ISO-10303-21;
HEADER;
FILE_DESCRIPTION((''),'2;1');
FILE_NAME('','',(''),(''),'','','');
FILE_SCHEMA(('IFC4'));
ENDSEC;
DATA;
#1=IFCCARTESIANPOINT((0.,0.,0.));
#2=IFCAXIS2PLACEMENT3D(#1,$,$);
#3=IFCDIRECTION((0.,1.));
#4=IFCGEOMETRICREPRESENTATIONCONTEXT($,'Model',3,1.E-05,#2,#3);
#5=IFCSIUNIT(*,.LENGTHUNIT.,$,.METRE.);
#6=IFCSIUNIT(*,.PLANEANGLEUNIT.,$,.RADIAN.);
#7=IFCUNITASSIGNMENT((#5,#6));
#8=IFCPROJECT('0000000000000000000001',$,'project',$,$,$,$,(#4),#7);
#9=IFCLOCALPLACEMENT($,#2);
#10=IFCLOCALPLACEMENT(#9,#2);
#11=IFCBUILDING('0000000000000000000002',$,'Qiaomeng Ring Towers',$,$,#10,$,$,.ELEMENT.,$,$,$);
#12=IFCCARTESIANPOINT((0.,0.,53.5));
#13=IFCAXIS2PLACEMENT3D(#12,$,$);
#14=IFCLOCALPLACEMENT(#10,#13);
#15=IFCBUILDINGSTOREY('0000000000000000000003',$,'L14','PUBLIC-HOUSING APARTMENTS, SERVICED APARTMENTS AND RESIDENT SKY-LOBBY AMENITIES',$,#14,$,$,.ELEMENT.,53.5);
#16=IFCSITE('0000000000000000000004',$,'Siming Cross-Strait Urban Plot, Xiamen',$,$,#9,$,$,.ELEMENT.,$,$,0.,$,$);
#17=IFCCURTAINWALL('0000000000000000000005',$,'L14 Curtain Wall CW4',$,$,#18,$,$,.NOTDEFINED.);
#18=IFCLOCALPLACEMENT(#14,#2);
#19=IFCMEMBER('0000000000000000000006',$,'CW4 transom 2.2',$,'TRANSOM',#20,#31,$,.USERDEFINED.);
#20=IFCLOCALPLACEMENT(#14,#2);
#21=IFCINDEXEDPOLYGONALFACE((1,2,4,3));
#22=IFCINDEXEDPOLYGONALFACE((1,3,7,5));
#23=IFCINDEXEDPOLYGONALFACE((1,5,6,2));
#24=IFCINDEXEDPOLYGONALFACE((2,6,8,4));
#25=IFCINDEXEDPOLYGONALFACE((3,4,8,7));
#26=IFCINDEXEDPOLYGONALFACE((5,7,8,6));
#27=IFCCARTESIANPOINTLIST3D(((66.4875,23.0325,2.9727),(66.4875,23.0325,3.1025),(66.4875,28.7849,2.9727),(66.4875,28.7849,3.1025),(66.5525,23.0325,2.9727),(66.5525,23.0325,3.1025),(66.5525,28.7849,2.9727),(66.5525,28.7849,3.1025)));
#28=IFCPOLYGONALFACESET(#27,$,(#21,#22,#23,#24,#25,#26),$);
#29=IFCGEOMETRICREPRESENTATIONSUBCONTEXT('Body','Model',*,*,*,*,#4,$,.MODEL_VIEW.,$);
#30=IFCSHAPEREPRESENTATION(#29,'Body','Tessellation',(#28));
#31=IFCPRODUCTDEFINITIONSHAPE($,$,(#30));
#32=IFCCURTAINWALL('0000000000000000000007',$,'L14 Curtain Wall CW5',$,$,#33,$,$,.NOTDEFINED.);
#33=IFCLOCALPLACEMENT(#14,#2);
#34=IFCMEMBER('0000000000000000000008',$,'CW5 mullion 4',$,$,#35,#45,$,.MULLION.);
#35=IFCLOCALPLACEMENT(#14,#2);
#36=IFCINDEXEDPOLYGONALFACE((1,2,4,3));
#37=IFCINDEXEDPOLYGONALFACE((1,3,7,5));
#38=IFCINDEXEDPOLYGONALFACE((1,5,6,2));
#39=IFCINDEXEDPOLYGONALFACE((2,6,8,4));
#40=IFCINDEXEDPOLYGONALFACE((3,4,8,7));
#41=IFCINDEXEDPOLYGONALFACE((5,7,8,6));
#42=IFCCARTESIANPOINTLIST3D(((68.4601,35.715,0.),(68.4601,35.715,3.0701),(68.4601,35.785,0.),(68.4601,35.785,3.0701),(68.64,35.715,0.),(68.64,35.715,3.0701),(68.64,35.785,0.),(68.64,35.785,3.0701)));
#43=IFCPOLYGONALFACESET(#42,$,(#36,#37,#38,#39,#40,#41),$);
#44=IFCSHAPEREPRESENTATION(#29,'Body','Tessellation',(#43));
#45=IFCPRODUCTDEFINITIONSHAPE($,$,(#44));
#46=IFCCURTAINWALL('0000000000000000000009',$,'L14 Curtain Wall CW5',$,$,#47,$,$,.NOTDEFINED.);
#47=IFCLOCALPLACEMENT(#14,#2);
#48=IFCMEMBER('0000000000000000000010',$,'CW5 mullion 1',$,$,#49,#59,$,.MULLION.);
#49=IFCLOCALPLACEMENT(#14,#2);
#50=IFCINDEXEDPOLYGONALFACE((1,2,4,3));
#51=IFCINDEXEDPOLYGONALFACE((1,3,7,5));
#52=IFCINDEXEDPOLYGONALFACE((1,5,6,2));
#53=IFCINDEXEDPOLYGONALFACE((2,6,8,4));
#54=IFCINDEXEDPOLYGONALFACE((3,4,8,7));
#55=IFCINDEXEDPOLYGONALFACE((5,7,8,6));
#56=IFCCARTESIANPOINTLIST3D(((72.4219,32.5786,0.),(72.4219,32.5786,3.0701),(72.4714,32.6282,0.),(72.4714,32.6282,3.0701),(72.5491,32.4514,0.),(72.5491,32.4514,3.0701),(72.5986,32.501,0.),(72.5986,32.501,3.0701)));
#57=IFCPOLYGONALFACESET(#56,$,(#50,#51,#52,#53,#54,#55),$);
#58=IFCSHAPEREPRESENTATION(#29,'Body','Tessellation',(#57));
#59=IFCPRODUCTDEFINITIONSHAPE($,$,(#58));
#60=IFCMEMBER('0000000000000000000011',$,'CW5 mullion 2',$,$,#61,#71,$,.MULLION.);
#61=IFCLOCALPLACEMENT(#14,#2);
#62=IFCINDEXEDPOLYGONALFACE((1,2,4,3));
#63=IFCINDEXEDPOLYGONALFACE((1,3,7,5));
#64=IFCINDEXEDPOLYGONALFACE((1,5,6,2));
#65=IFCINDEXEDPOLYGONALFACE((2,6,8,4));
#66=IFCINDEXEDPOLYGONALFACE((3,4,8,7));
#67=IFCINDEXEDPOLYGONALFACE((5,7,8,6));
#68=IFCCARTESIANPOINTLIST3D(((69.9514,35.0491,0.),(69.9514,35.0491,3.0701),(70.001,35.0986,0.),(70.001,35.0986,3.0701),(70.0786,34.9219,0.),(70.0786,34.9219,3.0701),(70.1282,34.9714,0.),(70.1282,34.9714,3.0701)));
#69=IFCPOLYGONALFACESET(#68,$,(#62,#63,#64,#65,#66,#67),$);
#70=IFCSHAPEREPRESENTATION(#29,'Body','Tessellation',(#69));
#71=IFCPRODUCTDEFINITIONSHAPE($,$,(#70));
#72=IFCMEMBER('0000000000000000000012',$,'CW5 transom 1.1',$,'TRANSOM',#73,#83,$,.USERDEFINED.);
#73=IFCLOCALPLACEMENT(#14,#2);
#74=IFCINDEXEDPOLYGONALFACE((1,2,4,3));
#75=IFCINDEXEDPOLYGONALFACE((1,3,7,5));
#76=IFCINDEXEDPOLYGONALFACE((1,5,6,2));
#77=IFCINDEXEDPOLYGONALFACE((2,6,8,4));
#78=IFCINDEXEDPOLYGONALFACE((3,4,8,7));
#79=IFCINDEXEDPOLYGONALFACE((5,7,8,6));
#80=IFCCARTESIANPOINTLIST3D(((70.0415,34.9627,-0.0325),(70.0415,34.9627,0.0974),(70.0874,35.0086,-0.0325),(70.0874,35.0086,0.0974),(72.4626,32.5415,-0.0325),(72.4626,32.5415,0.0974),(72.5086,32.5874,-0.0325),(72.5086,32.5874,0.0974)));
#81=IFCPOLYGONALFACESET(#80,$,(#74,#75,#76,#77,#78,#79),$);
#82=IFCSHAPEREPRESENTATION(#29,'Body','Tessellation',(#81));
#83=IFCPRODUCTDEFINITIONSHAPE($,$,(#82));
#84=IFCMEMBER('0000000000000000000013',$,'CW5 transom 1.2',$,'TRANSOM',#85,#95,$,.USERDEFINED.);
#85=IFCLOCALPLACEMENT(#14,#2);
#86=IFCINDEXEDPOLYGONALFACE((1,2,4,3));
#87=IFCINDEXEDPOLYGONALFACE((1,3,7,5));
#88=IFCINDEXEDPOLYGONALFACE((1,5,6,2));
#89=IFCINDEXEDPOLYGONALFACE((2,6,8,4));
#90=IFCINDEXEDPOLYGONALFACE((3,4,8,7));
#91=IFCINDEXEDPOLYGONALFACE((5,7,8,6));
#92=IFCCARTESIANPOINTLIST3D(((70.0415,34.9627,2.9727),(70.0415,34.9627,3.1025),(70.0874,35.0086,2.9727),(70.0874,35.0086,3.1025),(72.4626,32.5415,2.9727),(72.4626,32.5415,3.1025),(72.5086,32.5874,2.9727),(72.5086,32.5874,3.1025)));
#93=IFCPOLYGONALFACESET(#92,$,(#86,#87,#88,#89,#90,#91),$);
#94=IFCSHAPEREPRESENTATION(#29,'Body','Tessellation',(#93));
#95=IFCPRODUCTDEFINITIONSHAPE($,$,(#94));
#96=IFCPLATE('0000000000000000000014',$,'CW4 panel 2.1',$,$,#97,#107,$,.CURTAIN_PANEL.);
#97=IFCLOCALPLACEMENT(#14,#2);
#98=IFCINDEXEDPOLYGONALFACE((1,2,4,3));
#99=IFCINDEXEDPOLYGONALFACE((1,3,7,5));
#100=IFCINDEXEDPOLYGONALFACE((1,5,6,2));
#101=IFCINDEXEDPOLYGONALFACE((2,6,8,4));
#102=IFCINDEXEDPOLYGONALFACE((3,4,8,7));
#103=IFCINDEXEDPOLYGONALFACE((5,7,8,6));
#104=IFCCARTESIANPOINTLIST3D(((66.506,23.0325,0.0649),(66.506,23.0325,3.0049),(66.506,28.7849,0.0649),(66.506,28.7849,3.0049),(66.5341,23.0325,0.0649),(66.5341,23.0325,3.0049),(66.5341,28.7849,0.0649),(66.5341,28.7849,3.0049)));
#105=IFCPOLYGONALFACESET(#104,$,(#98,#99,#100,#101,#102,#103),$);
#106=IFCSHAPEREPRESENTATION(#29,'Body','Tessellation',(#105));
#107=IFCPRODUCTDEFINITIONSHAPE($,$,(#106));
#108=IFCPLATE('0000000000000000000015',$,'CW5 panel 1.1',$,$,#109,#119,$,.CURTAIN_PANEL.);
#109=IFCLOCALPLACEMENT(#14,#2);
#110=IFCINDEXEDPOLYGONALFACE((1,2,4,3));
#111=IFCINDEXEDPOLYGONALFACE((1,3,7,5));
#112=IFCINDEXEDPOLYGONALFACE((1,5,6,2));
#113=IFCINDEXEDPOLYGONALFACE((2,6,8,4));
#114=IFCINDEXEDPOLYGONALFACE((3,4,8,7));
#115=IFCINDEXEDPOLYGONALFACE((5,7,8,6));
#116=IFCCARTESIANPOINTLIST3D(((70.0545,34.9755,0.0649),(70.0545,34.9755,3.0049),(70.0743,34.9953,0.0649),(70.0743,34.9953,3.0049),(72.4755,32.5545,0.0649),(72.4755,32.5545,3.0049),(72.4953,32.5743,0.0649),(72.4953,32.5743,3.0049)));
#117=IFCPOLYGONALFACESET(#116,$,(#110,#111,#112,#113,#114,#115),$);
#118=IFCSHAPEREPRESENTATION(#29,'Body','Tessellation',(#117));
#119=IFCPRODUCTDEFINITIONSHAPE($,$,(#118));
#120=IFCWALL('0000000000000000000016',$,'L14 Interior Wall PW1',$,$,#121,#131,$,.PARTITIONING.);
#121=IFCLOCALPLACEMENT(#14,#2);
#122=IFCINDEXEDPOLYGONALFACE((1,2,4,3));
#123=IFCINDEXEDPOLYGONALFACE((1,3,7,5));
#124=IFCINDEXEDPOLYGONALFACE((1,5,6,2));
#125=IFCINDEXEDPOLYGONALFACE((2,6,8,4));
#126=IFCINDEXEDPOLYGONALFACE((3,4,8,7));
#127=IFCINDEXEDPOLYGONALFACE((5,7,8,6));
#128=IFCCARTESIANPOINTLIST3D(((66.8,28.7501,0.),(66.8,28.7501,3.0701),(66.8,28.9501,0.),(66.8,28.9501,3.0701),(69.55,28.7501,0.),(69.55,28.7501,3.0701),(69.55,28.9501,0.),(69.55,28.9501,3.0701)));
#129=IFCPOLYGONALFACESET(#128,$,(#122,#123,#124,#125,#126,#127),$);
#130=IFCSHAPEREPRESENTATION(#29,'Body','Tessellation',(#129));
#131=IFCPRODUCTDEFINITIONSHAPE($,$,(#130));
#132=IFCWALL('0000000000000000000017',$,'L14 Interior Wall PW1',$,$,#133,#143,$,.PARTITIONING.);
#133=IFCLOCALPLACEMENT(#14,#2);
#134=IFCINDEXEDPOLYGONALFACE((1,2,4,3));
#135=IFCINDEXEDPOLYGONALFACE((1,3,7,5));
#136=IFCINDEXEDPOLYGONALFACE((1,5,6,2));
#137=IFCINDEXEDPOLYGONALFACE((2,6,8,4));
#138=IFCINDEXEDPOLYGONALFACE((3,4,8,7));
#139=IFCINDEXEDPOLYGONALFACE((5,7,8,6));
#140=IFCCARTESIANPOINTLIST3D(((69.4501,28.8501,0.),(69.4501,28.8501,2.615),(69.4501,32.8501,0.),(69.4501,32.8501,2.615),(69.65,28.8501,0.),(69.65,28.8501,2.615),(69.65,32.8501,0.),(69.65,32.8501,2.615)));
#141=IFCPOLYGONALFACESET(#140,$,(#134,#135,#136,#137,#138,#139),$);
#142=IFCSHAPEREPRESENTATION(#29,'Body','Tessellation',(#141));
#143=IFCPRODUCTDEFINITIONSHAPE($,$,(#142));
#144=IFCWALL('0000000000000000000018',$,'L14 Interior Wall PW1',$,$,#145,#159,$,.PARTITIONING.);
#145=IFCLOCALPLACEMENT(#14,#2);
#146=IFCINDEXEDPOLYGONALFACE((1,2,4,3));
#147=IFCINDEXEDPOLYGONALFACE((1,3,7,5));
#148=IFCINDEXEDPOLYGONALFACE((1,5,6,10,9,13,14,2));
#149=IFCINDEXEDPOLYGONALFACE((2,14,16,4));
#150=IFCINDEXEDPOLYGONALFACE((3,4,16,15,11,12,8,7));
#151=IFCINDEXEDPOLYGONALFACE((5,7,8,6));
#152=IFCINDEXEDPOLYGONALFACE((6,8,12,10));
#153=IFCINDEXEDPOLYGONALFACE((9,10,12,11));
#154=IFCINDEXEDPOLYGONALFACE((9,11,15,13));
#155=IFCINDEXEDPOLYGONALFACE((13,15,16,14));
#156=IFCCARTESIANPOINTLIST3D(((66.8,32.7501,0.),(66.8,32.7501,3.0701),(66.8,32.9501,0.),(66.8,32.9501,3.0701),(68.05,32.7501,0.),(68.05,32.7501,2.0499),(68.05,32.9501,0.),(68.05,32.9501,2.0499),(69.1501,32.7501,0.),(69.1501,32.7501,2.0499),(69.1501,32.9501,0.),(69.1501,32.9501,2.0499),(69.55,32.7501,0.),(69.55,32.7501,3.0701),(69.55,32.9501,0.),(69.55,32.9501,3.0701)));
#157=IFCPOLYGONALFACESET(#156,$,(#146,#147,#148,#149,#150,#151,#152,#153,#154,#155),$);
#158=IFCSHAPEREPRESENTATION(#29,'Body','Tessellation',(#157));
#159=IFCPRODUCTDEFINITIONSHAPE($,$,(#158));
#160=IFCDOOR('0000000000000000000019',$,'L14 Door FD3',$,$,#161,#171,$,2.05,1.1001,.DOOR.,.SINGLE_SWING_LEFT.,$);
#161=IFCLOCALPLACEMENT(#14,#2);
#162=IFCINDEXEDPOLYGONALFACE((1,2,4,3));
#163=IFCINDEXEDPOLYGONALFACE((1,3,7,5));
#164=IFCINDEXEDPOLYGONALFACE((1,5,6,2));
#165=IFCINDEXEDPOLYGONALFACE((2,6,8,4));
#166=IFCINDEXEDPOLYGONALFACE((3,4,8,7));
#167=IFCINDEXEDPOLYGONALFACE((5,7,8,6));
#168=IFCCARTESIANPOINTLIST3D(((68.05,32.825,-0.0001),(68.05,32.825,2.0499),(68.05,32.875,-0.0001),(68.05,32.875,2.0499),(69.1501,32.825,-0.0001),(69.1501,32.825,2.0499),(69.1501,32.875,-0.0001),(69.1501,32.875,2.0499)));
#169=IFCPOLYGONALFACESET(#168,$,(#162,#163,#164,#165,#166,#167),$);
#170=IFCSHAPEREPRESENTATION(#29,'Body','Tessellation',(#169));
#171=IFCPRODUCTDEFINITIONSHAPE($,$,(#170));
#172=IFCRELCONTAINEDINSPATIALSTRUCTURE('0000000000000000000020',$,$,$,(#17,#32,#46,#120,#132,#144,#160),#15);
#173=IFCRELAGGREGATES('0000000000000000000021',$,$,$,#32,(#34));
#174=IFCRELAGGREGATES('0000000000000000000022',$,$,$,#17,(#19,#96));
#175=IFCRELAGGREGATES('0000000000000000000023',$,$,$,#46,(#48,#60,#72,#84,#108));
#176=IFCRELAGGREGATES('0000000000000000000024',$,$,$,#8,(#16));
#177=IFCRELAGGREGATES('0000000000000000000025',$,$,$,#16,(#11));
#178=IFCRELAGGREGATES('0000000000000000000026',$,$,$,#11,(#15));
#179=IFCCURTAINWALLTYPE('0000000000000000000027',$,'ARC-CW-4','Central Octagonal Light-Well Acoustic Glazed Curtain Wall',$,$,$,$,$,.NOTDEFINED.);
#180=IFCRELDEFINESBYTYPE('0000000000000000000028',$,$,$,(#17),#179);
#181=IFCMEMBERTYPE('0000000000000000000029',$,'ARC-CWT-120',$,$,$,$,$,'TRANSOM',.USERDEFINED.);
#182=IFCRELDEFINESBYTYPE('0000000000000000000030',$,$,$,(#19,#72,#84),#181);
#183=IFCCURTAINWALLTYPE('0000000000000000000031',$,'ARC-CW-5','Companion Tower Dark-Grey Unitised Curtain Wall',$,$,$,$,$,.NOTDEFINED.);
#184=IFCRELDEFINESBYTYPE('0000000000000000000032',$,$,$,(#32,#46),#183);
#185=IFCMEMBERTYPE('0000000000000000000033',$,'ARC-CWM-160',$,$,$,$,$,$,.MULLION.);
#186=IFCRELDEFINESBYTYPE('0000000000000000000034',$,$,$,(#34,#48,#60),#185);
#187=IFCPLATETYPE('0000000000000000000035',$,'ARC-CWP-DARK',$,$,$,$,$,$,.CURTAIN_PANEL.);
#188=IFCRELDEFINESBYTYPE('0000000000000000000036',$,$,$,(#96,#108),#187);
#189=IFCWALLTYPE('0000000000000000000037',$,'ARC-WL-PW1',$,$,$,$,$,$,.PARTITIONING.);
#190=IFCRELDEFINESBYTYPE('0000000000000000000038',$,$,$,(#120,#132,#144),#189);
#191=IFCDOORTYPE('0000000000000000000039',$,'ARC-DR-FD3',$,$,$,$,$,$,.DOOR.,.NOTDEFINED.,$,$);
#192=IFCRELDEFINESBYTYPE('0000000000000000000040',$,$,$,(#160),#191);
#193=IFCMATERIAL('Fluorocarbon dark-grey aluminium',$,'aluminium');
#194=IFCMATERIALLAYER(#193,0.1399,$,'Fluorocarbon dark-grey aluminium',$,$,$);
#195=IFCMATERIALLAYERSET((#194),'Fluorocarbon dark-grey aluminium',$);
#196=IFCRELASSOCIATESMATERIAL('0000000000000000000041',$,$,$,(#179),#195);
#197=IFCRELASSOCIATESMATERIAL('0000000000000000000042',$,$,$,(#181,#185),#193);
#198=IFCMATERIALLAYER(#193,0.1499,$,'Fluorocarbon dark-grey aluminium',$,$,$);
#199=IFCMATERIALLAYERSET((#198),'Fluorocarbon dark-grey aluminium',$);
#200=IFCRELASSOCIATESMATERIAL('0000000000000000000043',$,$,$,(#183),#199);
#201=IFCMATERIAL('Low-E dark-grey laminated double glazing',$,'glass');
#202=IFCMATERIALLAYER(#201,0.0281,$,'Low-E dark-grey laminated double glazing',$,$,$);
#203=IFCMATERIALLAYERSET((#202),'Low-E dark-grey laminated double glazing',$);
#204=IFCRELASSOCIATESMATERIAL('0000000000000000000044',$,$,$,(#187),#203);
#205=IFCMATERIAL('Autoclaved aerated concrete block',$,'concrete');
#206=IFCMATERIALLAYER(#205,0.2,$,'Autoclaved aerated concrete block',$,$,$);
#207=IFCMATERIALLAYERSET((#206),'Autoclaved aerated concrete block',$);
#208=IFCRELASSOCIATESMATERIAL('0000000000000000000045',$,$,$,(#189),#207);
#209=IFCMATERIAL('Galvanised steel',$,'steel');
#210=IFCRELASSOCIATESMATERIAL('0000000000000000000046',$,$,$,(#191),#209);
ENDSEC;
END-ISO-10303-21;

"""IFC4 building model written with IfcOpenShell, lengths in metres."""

from ifc_helpers import new_model, si_unit, direction, frame, frame_2d, origin, origin_2d, place, context, subcontext, project, spatial, rectangle, extrude, source, transform, mapped, material, layer, layer_set, material_profile, profile_set, type_object, element, fill, aggregate, save


model = new_model("IFC4")

# Units and contexts
model_context = context("Model", 3, precision=1e-05, world=origin(), true_north=direction((0.0, 1.0)))
body_context = subcontext(model_context, "Body", "Model", "MODEL_VIEW")
ifc_project = project(units=[si_unit("LENGTHUNIT", "METRE"), si_unit("PLANEANGLEUNIT", "RADIAN")], contexts=[model_context])

# Site, building, storey
site_placement = place(None, origin())
site = spatial("IfcSite", under=ifc_project, at=site_placement, Name="Siming Cross-Strait Urban Plot, Xiamen", CompositionType="ELEMENT", RefElevation=0.0)
building_placement = place(site_placement, origin())
building = spatial("IfcBuilding", under=site, at=building_placement, Name="Qiaomeng Ring Towers", CompositionType="ELEMENT")
storey_placement = place(building_placement, frame((0.0, 0.0, 53.5)))
storey = spatial("IfcBuildingStorey", under=building, at=storey_placement, Name="L14", Description="PUBLIC-HOUSING APARTMENTS, SERVICED APARTMENTS AND RESIDENT SKY-LOBBY AMENITIES", CompositionType="ELEMENT", Elevation=53.5)

# Curtain wall, member
ifc_material_1 = material(Name="Fluorocarbon dark-grey aluminium", Category="aluminium")
ifc_layer_1 = layer(ifc_material_1, 0.1399, Name="Fluorocarbon dark-grey aluminium")
ifc_layer_set_1 = layer_set([ifc_layer_1], Name="Fluorocarbon dark-grey aluminium")
curtain_wall_type_1 = type_object("IfcCurtainWallType", Name="ARC-CW-4", Description="Central Octagonal Light-Well Acoustic Glazed Curtain Wall", PredefinedType="NOTDEFINED", material=ifc_layer_set_1)
curtain_wall_1_placement = place(storey_placement, origin())
curtain_wall_1 = element("IfcCurtainWall", 1, at=curtain_wall_1_placement, inside=storey, type_object=curtain_wall_type_1, Name="L14 Curtain Wall CW4", PredefinedType="NOTDEFINED")
ifc_material_profile_1 = material_profile(ifc_material_1, rectangle(XDim=0.0649, YDim=0.1299, at=origin_2d()), Name="ALU TRAN 65x130")
ifc_profile_set_1 = profile_set([ifc_material_profile_1], Name="Fluorocarbon dark-grey aluminium")
member_type_1 = type_object("IfcMemberType", Name="ARC-CWT-120", ElementType="TRANSOM", PredefinedType="USERDEFINED", material=ifc_profile_set_1)
shared_shape_1 = source(origin(), body_context, "Body", "SweptSolid", [
    extrude(rectangle(XDim=0.0649, YDim=0.1299, at=origin_2d()), origin(), (0.0, 0.0, 1.0), 5.7524),
])
member_1_placement = place(storey_placement, frame((66.52, 23.0325, 3.0376), z_axis=(0.0, 1.0, 0.0), x_axis=(-1.0, 0.0, 0.0)))
member_1 = element("IfcMember", 2, at=member_1_placement, type_object=member_type_1, Name="CW4 transom 2.2", ObjectType="TRANSOM", PredefinedType="USERDEFINED", context=body_context, shape_type="MappedRepresentation", body=[
    mapped(shared_shape_1, transform((0.0, 0.0, 0.0), x_axis=(1.0, 0.0, 0.0), y_axis=(0.0, 1.0, 0.0), z_axis=(0.0, 0.0, 1.0), scale=1.0)),
])

# Curtain wall, member
ifc_layer_2 = layer(ifc_material_1, 0.1499, Name="Fluorocarbon dark-grey aluminium")
ifc_layer_set_2 = layer_set([ifc_layer_2], Name="Fluorocarbon dark-grey aluminium")
curtain_wall_type_2 = type_object("IfcCurtainWallType", Name="ARC-CW-5", Description="Companion Tower Dark-Grey Unitised Curtain Wall", PredefinedType="NOTDEFINED", material=ifc_layer_set_2)
curtain_wall_2_placement = place(storey_placement, origin())
curtain_wall_2 = element("IfcCurtainWall", 3, at=curtain_wall_2_placement, inside=storey, type_object=curtain_wall_type_2, Name="L14 Curtain Wall CW5", PredefinedType="NOTDEFINED")
ifc_material_profile_2 = material_profile(ifc_material_1, rectangle(XDim=0.0701, YDim=0.1799, at=origin_2d()), Name="ALU MULL 70x180")
ifc_profile_set_2 = profile_set([ifc_material_profile_2], Name="Fluorocarbon dark-grey aluminium")
member_type_2 = type_object("IfcMemberType", Name="ARC-CWM-160", PredefinedType="MULLION", material=ifc_profile_set_2)
shared_shape_2 = source(origin(), body_context, "Body", "SweptSolid", [
    extrude(rectangle(XDim=0.0701, YDim=0.1799, at=origin_2d()), origin(), (0.0, 0.0, 1.0), 3.0701),
])
member_2_placement = place(storey_placement, frame((68.55, 35.75, 0.0), z_axis=(0.0, 0.0, 1.0), x_axis=(0.0, 1.0, 0.0)))
member_2 = element("IfcMember", 4, at=member_2_placement, type_object=member_type_2, Name="CW5 mullion 4", PredefinedType="MULLION", context=body_context, shape_type="MappedRepresentation", body=[
    mapped(shared_shape_2, transform((0.0, 0.0, 0.0), x_axis=(1.0, 0.0, 0.0), y_axis=(0.0, 1.0, 0.0), z_axis=(0.0, 0.0, 1.0), scale=1.0)),
])
aggregate(curtain_wall_2, [member_2])

# Curtain wall, members
curtain_wall_3_placement = place(storey_placement, origin())
curtain_wall_3 = element("IfcCurtainWall", 5, at=curtain_wall_3_placement, inside=storey, type_object=curtain_wall_type_2, Name="L14 Curtain Wall CW5", PredefinedType="NOTDEFINED")
member_3_placement = place(storey_placement, frame((72.5103, 32.5398, 0.0), z_axis=(0.0, 0.0, 1.0), x_axis=(-0.707107, -0.707107, 0.0)))
member_3 = element("IfcMember", 6, at=member_3_placement, type_object=member_type_2, Name="CW5 mullion 1", PredefinedType="MULLION", context=body_context, shape_type="MappedRepresentation", body=[
    mapped(shared_shape_2, transform((0.0, 0.0, 0.0), x_axis=(1.0, 0.0, 0.0), y_axis=(0.0, 1.0, 0.0), z_axis=(0.0, 0.0, 1.0), scale=1.0)),
])
member_4_placement = place(storey_placement, frame((70.0398, 35.0103, 0.0), z_axis=(0.0, 0.0, 1.0), x_axis=(-0.707107, -0.707107, 0.0)))
member_4 = element("IfcMember", 7, at=member_4_placement, type_object=member_type_2, Name="CW5 mullion 2", PredefinedType="MULLION", context=body_context, shape_type="MappedRepresentation", body=[
    mapped(shared_shape_2, transform((0.0, 0.0, 0.0), x_axis=(1.0, 0.0, 0.0), y_axis=(0.0, 1.0, 0.0), z_axis=(0.0, 0.0, 1.0), scale=1.0)),
])
shared_shape_3 = source(origin(), body_context, "Body", "SweptSolid", [
    extrude(rectangle(XDim=0.0649, YDim=0.1299, at=origin_2d()), origin(), (0.0, 0.0, 1.0), 3.4241),
])
member_5_placement = place(storey_placement, frame((72.4856, 32.5645, 0.0325), z_axis=(-0.707107, 0.707107, 0.0), x_axis=(-0.707107, -0.707107, 0.0)))
member_5 = element("IfcMember", 8, at=member_5_placement, type_object=member_type_1, Name="CW5 transom 1.1", ObjectType="TRANSOM", PredefinedType="USERDEFINED", context=body_context, shape_type="MappedRepresentation", body=[
    mapped(shared_shape_3, transform((0.0, 0.0, 0.0), x_axis=(1.0, 0.0, 0.0), y_axis=(0.0, 1.0, 0.0), z_axis=(0.0, 0.0, 1.0), scale=1.0)),
])
member_6_placement = place(storey_placement, frame((72.4856, 32.5645, 3.0376), z_axis=(-0.707107, 0.707107, 0.0), x_axis=(-0.707107, -0.707107, 0.0)))
member_6 = element("IfcMember", 9, at=member_6_placement, type_object=member_type_1, Name="CW5 transom 1.2", ObjectType="TRANSOM", PredefinedType="USERDEFINED", context=body_context, shape_type="MappedRepresentation", body=[
    mapped(shared_shape_3, transform((0.0, 0.0, 0.0), x_axis=(1.0, 0.0, 0.0), y_axis=(0.0, 1.0, 0.0), z_axis=(0.0, 0.0, 1.0), scale=1.0)),
])

# Plates
ifc_material_2 = material(Name="Low-E dark-grey laminated double glazing", Category="glass")
ifc_layer_3 = layer(ifc_material_2, 0.0281, Name="Low-E dark-grey laminated double glazing")
ifc_layer_set_3 = layer_set([ifc_layer_3], Name="Low-E dark-grey laminated double glazing")
plate_type = type_object("IfcPlateType", Name="ARC-CWP-DARK", PredefinedType="CURTAIN_PANEL", material=ifc_layer_set_3)
shared_shape_4 = source(origin(), body_context, "Body", "SweptSolid", [
    extrude(rectangle(XDim=5.7524, YDim=0.0281, at=origin_2d()), origin(), (0.0, 0.0, 1.0), 2.9399),
])
plate_1_placement = place(storey_placement, frame((66.52, 25.9087, 0.0649), z_axis=(0.0, 0.0, 1.0), x_axis=(0.0, 1.0, 0.0)))
plate_1 = element("IfcPlate", 10, at=plate_1_placement, type_object=plate_type, Name="CW4 panel 2.1", PredefinedType="CURTAIN_PANEL", context=body_context, shape_type="MappedRepresentation", body=[
    mapped(shared_shape_4, transform((0.0, 0.0, 0.0), x_axis=(1.0, 0.0, 0.0), y_axis=(0.0, 1.0, 0.0), z_axis=(0.0, 0.0, 1.0), scale=1.0)),
])
aggregate(curtain_wall_1, [member_1, plate_1])
shared_shape_5 = source(origin(), body_context, "Body", "SweptSolid", [
    extrude(rectangle(XDim=3.4238, YDim=0.0281, at=origin_2d()), origin(), (0.0, 0.0, 1.0), 2.9399),
])
plate_2_placement = place(storey_placement, frame((71.2749, 33.7749, 0.0649), z_axis=(0.0, 0.0, 1.0), x_axis=(-0.707107, 0.707107, 0.0)))
plate_2 = element("IfcPlate", 11, at=plate_2_placement, type_object=plate_type, Name="CW5 panel 1.1", PredefinedType="CURTAIN_PANEL", context=body_context, shape_type="MappedRepresentation", body=[
    mapped(shared_shape_5, transform((0.0, 0.0, 0.0), x_axis=(1.0, 0.0, 0.0), y_axis=(0.0, 1.0, 0.0), z_axis=(0.0, 0.0, 1.0), scale=1.0)),
])
aggregate(curtain_wall_3, [member_3, member_4, member_5, member_6, plate_2])

# Walls
ifc_material_3 = material(Name="Autoclaved aerated concrete block", Category="concrete")
ifc_layer_4 = layer(ifc_material_3, 0.2, Name="Autoclaved aerated concrete block")
ifc_layer_set_4 = layer_set([ifc_layer_4], Name="Autoclaved aerated concrete block")
wall_type_1 = type_object("IfcWallType", Name="ARC-WL-PW1", PredefinedType="PARTITIONING", material=ifc_layer_set_4)
wall_1_placement = place(storey_placement, frame((66.8, 28.8501, 0.0), z_axis=(0.0, 0.0, 1.0), x_axis=(1.0, 0.0, 0.0)))
element("IfcWall", 12, at=wall_1_placement, inside=storey, type_object=wall_type_1, Name="L14 Interior Wall PW1", PredefinedType="PARTITIONING", context=body_context, shape_type="SweptSolid", body=[
    extrude(rectangle(XDim=2.75, YDim=0.2, at=frame_2d((1.375, 0.0))), origin(), (0.0, 0.0, 1.0), 3.0701),
])
wall_2_placement = place(storey_placement, frame((69.55, 28.8501, 0.0), z_axis=(0.0, 0.0, 1.0), x_axis=(0.0, 1.0, 0.0)))
element("IfcWall", 13, at=wall_2_placement, inside=storey, type_object=wall_type_1, Name="L14 Interior Wall PW1", PredefinedType="PARTITIONING", context=body_context, shape_type="SweptSolid", body=[
    extrude(rectangle(XDim=4.0, YDim=0.2, at=frame_2d((2.0, 0.0))), origin(), (0.0, 0.0, 1.0), 2.615),
])

# Wall, opening, door
wall_3_placement = place(storey_placement, frame((66.8, 32.8501, 0.0), z_axis=(0.0, 0.0, 1.0), x_axis=(1.0, 0.0, 0.0)))
wall_3 = element("IfcWall", 14, at=wall_3_placement, inside=storey, type_object=wall_type_1, Name="L14 Interior Wall PW1", PredefinedType="PARTITIONING", context=body_context, shape_type="SweptSolid", body=[
    extrude(rectangle(XDim=2.75, YDim=0.2, at=frame_2d((1.375, 0.0))), origin(), (0.0, 0.0, 1.0), 3.0701),
])
opening_1_placement = place(wall_3_placement, frame((1.25, 0.0, 0.0)))
opening_1 = element("IfcOpeningElement", 15, at=opening_1_placement, cuts=wall_3, PredefinedType="OPENING", context=body_context, shape_type="SweptSolid", body=[
    extrude(rectangle(XDim=1.1001, YDim=2.05, at=frame_2d((0.55, 1.0249))), frame((0.0, 0.1099, 0.0), z_axis=(0.0, -1.0, 0.0), x_axis=(1.0, 0.0, 0.0)), (0.0, 0.0, 1.0), 0.22),
])
ifc_material_4 = material(Name="Galvanised steel", Category="steel")
door_type_1 = type_object("IfcDoorType", Name="ARC-DR-FD3", OperationType="NOTDEFINED", PredefinedType="DOOR", material=ifc_material_4)
shared_shape_6 = source(origin(), body_context, "Body", "SweptSolid", [
    extrude(rectangle(XDim=1.1001, YDim=2.05, at=frame_2d((0.55, 1.0249))), frame((0.0, 0.0249, 0.0), z_axis=(0.0, -1.0, 0.0), x_axis=(1.0, 0.0, 0.0)), (0.0, 0.0, 1.0), 0.05),
])
door_1_placement = place(opening_1_placement, origin())
door_1 = element("IfcDoor", 16, at=door_1_placement, inside=storey, type_object=door_type_1, Name="L14 Door FD3", OperationType="SINGLE_SWING_LEFT", OverallHeight=2.05, OverallWidth=1.1001, PredefinedType="DOOR", context=body_context, shape_type="MappedRepresentation", body=[
    mapped(shared_shape_6, transform((0.0, 0.0, 0.0), x_axis=(1.0, 0.0, 0.0), y_axis=(0.0, 1.0, 0.0), z_axis=(0.0, 0.0, 1.0), scale=1.0)),
])
fill(opening_1, door_1)

save(model, "model.ifc")
